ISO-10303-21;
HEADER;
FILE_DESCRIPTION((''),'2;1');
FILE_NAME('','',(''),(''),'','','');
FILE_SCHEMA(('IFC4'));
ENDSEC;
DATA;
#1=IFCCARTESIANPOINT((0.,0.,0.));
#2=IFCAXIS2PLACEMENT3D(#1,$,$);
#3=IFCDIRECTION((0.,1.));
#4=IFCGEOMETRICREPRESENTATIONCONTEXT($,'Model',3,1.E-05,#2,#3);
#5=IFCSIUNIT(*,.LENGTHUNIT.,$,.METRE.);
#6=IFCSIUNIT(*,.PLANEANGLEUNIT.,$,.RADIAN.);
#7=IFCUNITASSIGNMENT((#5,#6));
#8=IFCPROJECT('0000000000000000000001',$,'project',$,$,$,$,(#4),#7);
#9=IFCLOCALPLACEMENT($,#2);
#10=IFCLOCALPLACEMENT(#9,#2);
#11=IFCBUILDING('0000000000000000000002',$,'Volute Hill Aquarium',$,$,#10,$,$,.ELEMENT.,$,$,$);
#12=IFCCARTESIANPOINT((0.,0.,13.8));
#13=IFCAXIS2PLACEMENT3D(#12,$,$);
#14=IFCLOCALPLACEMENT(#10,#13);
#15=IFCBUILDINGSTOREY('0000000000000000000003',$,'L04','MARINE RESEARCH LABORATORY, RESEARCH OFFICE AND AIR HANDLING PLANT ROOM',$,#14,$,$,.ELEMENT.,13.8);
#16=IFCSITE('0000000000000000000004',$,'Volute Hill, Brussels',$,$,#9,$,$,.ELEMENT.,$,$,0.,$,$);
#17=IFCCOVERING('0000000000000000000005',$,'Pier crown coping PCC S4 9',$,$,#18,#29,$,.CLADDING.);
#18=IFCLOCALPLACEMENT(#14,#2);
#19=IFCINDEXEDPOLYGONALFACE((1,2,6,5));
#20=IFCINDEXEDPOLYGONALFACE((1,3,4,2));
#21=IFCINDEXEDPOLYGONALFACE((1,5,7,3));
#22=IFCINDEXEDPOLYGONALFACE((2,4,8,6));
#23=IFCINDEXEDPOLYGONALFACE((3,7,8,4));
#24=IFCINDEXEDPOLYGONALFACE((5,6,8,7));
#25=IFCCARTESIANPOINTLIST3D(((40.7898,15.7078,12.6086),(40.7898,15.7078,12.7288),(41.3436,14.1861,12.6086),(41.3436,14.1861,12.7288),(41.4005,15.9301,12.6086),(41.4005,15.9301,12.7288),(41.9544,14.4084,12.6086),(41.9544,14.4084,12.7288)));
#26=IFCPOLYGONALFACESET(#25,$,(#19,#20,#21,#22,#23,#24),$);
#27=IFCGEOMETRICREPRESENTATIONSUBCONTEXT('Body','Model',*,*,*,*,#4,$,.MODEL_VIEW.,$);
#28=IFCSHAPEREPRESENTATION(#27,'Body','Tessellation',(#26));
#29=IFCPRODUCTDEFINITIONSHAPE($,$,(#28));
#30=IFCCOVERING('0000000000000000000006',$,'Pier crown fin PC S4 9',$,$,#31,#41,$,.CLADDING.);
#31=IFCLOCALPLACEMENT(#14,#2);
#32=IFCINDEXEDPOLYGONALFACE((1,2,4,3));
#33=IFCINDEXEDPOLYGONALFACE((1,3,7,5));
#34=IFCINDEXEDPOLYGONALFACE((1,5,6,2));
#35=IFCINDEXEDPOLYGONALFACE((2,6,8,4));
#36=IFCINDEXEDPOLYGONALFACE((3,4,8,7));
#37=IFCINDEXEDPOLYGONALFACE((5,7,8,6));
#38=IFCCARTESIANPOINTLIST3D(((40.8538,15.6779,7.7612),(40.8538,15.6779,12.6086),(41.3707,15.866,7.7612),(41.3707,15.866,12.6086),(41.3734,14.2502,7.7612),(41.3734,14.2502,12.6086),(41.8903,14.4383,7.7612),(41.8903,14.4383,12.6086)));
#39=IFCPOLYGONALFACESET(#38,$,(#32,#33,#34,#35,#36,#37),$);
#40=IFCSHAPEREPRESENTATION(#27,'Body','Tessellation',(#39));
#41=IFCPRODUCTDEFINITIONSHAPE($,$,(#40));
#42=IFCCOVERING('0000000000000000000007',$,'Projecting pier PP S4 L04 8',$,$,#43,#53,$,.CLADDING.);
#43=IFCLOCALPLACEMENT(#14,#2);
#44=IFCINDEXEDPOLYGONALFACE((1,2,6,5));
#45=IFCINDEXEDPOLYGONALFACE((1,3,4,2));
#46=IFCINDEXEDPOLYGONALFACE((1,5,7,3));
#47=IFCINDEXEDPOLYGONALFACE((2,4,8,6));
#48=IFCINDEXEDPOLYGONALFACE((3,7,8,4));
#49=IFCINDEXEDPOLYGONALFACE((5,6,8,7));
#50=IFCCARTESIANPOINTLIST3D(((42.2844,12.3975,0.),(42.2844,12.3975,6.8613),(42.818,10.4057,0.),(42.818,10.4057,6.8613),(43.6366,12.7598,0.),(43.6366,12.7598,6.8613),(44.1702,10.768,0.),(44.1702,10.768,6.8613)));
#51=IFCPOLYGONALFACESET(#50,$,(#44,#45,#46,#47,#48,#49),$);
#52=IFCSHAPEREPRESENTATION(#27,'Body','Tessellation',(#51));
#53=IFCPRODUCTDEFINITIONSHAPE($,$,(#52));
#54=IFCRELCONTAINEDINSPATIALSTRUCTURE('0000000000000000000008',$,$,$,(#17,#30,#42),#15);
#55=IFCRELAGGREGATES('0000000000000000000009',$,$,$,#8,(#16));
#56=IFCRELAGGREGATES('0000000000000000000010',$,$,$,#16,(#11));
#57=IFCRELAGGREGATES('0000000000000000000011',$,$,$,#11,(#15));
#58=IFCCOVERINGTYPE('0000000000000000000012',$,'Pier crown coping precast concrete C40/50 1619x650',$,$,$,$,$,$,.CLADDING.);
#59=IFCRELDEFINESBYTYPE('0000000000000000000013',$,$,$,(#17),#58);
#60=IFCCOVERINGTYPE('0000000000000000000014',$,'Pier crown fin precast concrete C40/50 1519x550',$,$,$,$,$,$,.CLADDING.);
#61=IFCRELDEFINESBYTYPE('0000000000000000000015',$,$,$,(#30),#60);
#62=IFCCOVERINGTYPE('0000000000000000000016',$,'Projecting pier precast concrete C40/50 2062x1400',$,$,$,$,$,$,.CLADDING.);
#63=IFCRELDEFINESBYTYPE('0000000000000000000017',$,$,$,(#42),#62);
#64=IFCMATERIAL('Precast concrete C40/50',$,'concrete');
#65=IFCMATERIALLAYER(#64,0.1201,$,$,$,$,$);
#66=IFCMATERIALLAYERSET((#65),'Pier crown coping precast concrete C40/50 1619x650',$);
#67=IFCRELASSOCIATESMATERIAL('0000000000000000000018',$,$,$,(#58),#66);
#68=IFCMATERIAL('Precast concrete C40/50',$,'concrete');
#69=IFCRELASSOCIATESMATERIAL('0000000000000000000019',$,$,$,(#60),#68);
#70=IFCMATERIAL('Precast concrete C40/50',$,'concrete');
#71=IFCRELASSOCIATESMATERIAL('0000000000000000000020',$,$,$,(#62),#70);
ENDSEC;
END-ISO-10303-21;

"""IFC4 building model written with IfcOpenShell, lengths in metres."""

from ifc_helpers import new_model, si_unit, direction, frame, origin, origin_2d, place, context, subcontext, project, spatial, rectangle, extrude, material, layer, layer_set, type_object, element, save


model = new_model("IFC4")

# Units and contexts
model_context = context("Model", 3, precision=1e-05, world=origin(), true_north=direction((0.0, 1.0)))
body_context = subcontext(model_context, "Body", "Model", "MODEL_VIEW")
ifc_project = project(units=[si_unit("LENGTHUNIT", "METRE"), si_unit("PLANEANGLEUNIT", "RADIAN")], contexts=[model_context])

# Site, building, storey
site_placement = place(None, origin())
site = spatial("IfcSite", under=ifc_project, at=site_placement, Name="Volute Hill, Brussels", CompositionType="ELEMENT", RefElevation=0.0)
building_placement = place(site_placement, origin())
building = spatial("IfcBuilding", under=site, at=building_placement, Name="Volute Hill Aquarium", CompositionType="ELEMENT")
storey_placement = place(building_placement, frame((0.0, 0.0, 13.8)))
storey = spatial("IfcBuildingStorey", under=building, at=storey_placement, Name="L04", Description="MARINE RESEARCH LABORATORY, RESEARCH OFFICE AND AIR HANDLING PLANT ROOM", CompositionType="ELEMENT", Elevation=13.8)

# Coverings
ifc_material_1 = material(Name="Precast concrete C40/50", Category="concrete")
ifc_layer_1 = layer(ifc_material_1, 0.1201)
ifc_layer_set_1 = layer_set([ifc_layer_1], Name="Pier crown coping precast concrete C40/50 1619x650")
covering_type_1 = type_object("IfcCoveringType", Name="Pier crown coping precast concrete C40/50 1619x650", PredefinedType="CLADDING", material=ifc_layer_set_1)
covering_1_placement = place(storey_placement, frame((41.3721, 15.0581, 12.6086), z_axis=(0.0, 0.0, 1.0), x_axis=(-0.34202, 0.939693, 0.0)))
element("IfcCovering", 1, at=covering_1_placement, inside=storey, type_object=covering_type_1, Name="Pier crown coping PCC S4 9", PredefinedType="CLADDING", context=body_context, shape_type="SweptSolid", body=[
    extrude(rectangle(XDim=1.6194, YDim=0.6499, at=origin_2d()), origin(), (0.0, 0.0, 1.0), 0.1201),
])
ifc_material_2 = material(Name="Precast concrete C40/50", Category="concrete")
covering_type_2 = type_object("IfcCoveringType", Name="Pier crown fin precast concrete C40/50 1519x550", PredefinedType="CLADDING", material=ifc_material_2)
covering_2_placement = place(storey_placement, frame((41.3721, 15.0581, 7.7612), z_axis=(0.0, 0.0, 1.0), x_axis=(-0.34202, 0.939693, 0.0)))
element("IfcCovering", 2, at=covering_2_placement, inside=storey, type_object=covering_type_2, Name="Pier crown fin PC S4 9", PredefinedType="CLADDING", context=body_context, shape_type="SweptSolid", body=[
    extrude(rectangle(XDim=1.5193, YDim=0.55, at=origin_2d()), origin(), (0.0, 0.0, 1.0), 4.8474),
])
ifc_material_3 = material(Name="Precast concrete C40/50", Category="concrete")
covering_type_3 = type_object("IfcCoveringType", Name="Projecting pier precast concrete C40/50 2062x1400", PredefinedType="CLADDING", material=ifc_material_3)
covering_3_placement = place(storey_placement, frame((43.2273, 11.5828, 0.0), z_axis=(0.0, 0.0, 1.0), x_axis=(-0.258819, 0.965926, 0.0)))
element("IfcCovering", 3, at=covering_3_placement, inside=storey, type_object=covering_type_3, Name="Projecting pier PP S4 L04 8", PredefinedType="CLADDING", context=body_context, shape_type="SweptSolid", body=[
    extrude(rectangle(XDim=2.062, YDim=1.3999, at=origin_2d()), origin(), (0.0, 0.0, 1.0), 6.8613),
])

save(model, "model.ifc")
